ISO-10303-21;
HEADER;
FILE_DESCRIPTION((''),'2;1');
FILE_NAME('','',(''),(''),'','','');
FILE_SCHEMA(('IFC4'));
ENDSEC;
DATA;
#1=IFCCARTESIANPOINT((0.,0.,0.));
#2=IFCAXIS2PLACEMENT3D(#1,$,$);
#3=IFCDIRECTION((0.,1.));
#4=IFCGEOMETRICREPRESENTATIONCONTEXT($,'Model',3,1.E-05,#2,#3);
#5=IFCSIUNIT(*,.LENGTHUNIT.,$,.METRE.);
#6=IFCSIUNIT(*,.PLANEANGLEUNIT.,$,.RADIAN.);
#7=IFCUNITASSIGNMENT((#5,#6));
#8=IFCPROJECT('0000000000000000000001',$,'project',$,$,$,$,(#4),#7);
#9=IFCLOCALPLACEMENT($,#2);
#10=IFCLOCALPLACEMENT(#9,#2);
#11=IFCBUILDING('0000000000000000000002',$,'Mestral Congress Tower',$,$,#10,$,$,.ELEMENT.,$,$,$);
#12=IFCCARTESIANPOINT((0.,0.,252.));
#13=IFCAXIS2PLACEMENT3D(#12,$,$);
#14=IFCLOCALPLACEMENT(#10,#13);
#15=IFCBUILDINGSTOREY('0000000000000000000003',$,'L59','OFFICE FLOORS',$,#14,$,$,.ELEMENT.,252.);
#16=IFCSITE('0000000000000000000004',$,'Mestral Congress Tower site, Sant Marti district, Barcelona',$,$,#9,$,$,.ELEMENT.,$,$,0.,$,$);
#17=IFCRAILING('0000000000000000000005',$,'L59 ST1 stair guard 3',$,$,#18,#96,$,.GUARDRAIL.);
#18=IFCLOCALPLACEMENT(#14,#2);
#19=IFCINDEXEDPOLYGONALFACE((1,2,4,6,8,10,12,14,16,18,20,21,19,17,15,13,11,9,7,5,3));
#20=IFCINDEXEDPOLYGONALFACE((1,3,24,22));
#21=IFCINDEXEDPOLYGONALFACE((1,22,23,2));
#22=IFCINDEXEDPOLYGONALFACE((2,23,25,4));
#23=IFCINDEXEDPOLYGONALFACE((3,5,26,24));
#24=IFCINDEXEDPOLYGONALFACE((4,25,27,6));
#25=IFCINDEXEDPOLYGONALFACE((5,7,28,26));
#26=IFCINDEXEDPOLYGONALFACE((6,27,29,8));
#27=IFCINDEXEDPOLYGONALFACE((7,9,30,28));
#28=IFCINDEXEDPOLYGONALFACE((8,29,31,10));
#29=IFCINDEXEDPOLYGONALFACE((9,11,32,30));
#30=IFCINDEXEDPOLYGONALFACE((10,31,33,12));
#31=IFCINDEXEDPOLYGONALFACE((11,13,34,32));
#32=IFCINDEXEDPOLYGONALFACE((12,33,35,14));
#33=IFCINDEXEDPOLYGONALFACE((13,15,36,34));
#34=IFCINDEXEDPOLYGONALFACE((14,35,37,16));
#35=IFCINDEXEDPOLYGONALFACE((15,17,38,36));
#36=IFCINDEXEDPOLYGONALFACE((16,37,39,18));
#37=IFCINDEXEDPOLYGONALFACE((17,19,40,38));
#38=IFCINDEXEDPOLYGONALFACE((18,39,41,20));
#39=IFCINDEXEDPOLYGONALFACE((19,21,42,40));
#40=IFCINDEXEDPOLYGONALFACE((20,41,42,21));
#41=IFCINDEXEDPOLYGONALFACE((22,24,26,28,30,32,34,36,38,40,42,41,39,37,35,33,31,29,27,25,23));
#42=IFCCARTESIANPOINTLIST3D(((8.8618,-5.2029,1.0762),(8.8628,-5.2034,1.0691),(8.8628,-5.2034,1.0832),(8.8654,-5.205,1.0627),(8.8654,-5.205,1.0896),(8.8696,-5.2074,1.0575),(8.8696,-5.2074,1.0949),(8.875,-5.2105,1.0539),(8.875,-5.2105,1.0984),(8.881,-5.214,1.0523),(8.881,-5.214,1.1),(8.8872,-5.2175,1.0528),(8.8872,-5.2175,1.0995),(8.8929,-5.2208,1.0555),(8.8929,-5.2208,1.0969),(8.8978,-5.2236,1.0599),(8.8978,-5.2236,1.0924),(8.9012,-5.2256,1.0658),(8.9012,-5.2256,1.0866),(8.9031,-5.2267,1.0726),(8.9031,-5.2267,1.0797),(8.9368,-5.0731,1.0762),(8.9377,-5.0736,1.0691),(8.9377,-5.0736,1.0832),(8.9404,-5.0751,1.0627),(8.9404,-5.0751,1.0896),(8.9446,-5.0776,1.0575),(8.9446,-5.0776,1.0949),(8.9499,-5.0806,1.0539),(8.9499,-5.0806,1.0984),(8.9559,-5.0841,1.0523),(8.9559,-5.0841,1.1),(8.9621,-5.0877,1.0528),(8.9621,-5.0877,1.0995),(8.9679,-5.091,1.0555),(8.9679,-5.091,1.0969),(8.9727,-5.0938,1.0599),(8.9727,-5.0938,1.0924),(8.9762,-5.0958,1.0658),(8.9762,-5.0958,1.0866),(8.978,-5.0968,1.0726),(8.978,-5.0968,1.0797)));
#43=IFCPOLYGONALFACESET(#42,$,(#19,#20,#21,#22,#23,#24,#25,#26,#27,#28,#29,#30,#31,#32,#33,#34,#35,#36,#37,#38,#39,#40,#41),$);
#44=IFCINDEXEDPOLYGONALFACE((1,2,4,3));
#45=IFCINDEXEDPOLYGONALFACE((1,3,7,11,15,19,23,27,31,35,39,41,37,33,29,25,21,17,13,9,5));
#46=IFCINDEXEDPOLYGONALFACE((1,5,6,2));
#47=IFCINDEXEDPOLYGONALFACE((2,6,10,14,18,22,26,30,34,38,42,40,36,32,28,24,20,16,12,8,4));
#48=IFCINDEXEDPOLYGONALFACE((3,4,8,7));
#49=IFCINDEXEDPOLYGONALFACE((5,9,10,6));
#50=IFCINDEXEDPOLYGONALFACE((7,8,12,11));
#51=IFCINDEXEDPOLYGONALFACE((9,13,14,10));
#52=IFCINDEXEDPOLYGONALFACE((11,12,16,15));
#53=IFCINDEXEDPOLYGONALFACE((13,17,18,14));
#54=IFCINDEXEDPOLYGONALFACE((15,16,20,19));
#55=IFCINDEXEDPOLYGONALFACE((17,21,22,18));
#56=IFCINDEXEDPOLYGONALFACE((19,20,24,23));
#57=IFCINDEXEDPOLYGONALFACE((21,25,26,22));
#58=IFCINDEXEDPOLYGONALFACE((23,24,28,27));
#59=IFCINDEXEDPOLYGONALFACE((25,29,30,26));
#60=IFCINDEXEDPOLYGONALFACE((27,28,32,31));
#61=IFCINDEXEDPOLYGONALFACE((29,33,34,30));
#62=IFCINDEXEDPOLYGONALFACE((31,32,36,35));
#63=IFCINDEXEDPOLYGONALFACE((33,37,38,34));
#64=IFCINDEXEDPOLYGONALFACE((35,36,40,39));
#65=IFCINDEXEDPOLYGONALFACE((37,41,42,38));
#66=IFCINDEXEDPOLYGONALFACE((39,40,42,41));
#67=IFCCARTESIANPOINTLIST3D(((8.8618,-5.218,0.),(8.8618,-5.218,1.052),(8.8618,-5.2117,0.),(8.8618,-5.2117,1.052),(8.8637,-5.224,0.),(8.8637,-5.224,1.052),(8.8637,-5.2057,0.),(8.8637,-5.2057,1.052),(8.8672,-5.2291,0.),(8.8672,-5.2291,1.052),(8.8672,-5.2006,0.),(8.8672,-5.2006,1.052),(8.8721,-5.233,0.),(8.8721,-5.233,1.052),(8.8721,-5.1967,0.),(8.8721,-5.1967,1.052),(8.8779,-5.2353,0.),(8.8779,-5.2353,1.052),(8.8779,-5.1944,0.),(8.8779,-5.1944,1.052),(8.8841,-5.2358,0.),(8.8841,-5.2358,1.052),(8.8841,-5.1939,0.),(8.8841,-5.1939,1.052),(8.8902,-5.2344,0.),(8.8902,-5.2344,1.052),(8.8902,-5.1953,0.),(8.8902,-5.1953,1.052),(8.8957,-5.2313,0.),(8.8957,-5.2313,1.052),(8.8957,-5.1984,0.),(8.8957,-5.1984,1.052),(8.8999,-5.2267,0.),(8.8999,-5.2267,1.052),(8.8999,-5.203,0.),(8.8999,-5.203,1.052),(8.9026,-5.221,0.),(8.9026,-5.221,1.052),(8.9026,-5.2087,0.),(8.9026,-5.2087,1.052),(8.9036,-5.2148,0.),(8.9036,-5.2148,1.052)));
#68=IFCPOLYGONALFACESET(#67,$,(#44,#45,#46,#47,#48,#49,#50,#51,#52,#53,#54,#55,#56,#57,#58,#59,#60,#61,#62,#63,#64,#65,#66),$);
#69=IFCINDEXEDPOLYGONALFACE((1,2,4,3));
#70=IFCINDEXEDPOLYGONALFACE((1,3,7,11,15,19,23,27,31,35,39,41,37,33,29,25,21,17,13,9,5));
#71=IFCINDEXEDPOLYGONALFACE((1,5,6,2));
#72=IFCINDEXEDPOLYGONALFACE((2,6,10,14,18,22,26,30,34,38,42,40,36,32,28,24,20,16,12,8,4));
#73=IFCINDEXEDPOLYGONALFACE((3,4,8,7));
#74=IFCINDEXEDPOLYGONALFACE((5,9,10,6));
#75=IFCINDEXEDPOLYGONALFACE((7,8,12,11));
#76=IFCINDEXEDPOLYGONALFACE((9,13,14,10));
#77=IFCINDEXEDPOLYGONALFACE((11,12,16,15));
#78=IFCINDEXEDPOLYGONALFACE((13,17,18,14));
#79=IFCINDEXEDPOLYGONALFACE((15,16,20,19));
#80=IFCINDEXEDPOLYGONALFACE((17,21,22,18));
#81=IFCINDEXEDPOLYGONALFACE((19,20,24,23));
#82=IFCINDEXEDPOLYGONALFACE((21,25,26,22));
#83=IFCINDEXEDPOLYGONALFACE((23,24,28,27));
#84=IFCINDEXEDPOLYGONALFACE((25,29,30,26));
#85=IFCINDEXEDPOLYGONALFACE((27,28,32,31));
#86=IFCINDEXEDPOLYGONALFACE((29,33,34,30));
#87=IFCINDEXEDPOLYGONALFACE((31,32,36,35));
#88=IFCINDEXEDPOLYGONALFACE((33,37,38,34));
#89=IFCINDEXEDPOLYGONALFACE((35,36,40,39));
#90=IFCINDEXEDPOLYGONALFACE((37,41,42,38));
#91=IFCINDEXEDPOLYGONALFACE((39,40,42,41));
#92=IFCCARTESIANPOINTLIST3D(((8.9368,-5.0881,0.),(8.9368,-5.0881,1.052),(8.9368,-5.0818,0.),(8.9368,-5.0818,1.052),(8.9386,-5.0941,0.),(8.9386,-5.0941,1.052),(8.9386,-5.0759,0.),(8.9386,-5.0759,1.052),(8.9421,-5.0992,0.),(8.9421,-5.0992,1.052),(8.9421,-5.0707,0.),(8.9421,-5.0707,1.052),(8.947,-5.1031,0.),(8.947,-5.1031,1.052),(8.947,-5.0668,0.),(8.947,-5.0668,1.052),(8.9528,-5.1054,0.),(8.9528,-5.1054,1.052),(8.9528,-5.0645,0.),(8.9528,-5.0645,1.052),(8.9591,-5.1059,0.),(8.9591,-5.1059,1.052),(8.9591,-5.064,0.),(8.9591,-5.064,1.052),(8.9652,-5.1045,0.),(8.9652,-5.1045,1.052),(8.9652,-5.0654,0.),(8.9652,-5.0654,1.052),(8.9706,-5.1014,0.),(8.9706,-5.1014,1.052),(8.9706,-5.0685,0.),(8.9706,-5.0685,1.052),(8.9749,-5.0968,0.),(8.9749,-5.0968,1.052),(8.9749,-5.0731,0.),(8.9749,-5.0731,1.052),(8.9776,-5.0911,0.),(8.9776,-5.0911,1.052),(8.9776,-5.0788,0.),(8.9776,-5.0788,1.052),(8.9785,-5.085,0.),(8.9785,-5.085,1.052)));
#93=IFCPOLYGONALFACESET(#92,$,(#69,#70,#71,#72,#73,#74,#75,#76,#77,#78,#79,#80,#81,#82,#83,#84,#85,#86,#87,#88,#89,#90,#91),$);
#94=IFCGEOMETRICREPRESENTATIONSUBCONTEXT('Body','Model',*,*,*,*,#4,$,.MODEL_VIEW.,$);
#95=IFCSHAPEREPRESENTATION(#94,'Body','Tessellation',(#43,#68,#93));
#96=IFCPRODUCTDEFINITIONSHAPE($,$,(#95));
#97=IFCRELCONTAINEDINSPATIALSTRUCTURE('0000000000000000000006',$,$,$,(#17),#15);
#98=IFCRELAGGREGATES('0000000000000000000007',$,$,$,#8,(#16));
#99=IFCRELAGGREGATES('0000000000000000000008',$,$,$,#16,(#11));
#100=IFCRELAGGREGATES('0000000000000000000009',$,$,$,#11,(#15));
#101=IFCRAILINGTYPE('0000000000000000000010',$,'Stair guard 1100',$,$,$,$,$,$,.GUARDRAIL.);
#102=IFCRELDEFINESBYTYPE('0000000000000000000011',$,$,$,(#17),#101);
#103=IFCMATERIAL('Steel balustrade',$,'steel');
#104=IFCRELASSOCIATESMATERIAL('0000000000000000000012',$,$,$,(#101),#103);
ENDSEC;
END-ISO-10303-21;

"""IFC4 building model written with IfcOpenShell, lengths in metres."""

from ifc_helpers import new_model, si_unit, direction, frame, origin, origin_2d, place, context, subcontext, project, spatial, circle, extrude, material, type_object, element, save


model = new_model("IFC4")

# Units and contexts
model_context = context("Model", 3, precision=1e-05, world=origin(), true_north=direction((0.0, 1.0)))
body_context = subcontext(model_context, "Body", "Model", "MODEL_VIEW")
ifc_project = project(units=[si_unit("LENGTHUNIT", "METRE"), si_unit("PLANEANGLEUNIT", "RADIAN")], contexts=[model_context])

# Site, building, storey
site_placement = place(None, origin())
site = spatial("IfcSite", under=ifc_project, at=site_placement, Name="Mestral Congress Tower site, Sant Marti district, Barcelona", CompositionType="ELEMENT", RefElevation=0.0)
building_placement = place(site_placement, origin())
building = spatial("IfcBuilding", under=site, at=building_placement, Name="Mestral Congress Tower", CompositionType="ELEMENT")
storey_placement = place(building_placement, frame((0.0, 0.0, 252.0)))
storey = spatial("IfcBuildingStorey", under=building, at=storey_placement, Name="L59", Description="OFFICE FLOORS", CompositionType="ELEMENT", Elevation=252.0)

# Railing
ifc_material_1 = material(Name="Steel balustrade", Category="steel")
railing_type_1 = type_object("IfcRailingType", Name="Stair guard 1100", PredefinedType="GUARDRAIL", material=ifc_material_1)
railing_1_placement = place(storey_placement, frame((8.8826, -5.2148, 0.0)))
element("IfcRailing", 1, at=railing_1_placement, inside=storey, type_object=railing_type_1, Name="L59 ST1 stair guard 3", PredefinedType="GUARDRAIL", context=body_context, shape_type="SweptSolid", body=[
    extrude(circle(Radius=0.0239, at=origin_2d()), frame((0.0, 0.0, 1.0762), z_axis=(0.499816, 0.866131, 0.0), x_axis=(-0.866131, 0.499816, 0.0)), (0.0, 0.0, 1.0), 0.1499),
    extrude(circle(Radius=0.021, at=origin_2d()), origin(), (0.0, 0.0, 1.0), 1.052),
    extrude(circle(Radius=0.021, at=origin_2d()), frame((0.075, 0.1299, 0.0)), (0.0, 0.0, 1.0), 1.052),
])

save(model, "model.ifc")
